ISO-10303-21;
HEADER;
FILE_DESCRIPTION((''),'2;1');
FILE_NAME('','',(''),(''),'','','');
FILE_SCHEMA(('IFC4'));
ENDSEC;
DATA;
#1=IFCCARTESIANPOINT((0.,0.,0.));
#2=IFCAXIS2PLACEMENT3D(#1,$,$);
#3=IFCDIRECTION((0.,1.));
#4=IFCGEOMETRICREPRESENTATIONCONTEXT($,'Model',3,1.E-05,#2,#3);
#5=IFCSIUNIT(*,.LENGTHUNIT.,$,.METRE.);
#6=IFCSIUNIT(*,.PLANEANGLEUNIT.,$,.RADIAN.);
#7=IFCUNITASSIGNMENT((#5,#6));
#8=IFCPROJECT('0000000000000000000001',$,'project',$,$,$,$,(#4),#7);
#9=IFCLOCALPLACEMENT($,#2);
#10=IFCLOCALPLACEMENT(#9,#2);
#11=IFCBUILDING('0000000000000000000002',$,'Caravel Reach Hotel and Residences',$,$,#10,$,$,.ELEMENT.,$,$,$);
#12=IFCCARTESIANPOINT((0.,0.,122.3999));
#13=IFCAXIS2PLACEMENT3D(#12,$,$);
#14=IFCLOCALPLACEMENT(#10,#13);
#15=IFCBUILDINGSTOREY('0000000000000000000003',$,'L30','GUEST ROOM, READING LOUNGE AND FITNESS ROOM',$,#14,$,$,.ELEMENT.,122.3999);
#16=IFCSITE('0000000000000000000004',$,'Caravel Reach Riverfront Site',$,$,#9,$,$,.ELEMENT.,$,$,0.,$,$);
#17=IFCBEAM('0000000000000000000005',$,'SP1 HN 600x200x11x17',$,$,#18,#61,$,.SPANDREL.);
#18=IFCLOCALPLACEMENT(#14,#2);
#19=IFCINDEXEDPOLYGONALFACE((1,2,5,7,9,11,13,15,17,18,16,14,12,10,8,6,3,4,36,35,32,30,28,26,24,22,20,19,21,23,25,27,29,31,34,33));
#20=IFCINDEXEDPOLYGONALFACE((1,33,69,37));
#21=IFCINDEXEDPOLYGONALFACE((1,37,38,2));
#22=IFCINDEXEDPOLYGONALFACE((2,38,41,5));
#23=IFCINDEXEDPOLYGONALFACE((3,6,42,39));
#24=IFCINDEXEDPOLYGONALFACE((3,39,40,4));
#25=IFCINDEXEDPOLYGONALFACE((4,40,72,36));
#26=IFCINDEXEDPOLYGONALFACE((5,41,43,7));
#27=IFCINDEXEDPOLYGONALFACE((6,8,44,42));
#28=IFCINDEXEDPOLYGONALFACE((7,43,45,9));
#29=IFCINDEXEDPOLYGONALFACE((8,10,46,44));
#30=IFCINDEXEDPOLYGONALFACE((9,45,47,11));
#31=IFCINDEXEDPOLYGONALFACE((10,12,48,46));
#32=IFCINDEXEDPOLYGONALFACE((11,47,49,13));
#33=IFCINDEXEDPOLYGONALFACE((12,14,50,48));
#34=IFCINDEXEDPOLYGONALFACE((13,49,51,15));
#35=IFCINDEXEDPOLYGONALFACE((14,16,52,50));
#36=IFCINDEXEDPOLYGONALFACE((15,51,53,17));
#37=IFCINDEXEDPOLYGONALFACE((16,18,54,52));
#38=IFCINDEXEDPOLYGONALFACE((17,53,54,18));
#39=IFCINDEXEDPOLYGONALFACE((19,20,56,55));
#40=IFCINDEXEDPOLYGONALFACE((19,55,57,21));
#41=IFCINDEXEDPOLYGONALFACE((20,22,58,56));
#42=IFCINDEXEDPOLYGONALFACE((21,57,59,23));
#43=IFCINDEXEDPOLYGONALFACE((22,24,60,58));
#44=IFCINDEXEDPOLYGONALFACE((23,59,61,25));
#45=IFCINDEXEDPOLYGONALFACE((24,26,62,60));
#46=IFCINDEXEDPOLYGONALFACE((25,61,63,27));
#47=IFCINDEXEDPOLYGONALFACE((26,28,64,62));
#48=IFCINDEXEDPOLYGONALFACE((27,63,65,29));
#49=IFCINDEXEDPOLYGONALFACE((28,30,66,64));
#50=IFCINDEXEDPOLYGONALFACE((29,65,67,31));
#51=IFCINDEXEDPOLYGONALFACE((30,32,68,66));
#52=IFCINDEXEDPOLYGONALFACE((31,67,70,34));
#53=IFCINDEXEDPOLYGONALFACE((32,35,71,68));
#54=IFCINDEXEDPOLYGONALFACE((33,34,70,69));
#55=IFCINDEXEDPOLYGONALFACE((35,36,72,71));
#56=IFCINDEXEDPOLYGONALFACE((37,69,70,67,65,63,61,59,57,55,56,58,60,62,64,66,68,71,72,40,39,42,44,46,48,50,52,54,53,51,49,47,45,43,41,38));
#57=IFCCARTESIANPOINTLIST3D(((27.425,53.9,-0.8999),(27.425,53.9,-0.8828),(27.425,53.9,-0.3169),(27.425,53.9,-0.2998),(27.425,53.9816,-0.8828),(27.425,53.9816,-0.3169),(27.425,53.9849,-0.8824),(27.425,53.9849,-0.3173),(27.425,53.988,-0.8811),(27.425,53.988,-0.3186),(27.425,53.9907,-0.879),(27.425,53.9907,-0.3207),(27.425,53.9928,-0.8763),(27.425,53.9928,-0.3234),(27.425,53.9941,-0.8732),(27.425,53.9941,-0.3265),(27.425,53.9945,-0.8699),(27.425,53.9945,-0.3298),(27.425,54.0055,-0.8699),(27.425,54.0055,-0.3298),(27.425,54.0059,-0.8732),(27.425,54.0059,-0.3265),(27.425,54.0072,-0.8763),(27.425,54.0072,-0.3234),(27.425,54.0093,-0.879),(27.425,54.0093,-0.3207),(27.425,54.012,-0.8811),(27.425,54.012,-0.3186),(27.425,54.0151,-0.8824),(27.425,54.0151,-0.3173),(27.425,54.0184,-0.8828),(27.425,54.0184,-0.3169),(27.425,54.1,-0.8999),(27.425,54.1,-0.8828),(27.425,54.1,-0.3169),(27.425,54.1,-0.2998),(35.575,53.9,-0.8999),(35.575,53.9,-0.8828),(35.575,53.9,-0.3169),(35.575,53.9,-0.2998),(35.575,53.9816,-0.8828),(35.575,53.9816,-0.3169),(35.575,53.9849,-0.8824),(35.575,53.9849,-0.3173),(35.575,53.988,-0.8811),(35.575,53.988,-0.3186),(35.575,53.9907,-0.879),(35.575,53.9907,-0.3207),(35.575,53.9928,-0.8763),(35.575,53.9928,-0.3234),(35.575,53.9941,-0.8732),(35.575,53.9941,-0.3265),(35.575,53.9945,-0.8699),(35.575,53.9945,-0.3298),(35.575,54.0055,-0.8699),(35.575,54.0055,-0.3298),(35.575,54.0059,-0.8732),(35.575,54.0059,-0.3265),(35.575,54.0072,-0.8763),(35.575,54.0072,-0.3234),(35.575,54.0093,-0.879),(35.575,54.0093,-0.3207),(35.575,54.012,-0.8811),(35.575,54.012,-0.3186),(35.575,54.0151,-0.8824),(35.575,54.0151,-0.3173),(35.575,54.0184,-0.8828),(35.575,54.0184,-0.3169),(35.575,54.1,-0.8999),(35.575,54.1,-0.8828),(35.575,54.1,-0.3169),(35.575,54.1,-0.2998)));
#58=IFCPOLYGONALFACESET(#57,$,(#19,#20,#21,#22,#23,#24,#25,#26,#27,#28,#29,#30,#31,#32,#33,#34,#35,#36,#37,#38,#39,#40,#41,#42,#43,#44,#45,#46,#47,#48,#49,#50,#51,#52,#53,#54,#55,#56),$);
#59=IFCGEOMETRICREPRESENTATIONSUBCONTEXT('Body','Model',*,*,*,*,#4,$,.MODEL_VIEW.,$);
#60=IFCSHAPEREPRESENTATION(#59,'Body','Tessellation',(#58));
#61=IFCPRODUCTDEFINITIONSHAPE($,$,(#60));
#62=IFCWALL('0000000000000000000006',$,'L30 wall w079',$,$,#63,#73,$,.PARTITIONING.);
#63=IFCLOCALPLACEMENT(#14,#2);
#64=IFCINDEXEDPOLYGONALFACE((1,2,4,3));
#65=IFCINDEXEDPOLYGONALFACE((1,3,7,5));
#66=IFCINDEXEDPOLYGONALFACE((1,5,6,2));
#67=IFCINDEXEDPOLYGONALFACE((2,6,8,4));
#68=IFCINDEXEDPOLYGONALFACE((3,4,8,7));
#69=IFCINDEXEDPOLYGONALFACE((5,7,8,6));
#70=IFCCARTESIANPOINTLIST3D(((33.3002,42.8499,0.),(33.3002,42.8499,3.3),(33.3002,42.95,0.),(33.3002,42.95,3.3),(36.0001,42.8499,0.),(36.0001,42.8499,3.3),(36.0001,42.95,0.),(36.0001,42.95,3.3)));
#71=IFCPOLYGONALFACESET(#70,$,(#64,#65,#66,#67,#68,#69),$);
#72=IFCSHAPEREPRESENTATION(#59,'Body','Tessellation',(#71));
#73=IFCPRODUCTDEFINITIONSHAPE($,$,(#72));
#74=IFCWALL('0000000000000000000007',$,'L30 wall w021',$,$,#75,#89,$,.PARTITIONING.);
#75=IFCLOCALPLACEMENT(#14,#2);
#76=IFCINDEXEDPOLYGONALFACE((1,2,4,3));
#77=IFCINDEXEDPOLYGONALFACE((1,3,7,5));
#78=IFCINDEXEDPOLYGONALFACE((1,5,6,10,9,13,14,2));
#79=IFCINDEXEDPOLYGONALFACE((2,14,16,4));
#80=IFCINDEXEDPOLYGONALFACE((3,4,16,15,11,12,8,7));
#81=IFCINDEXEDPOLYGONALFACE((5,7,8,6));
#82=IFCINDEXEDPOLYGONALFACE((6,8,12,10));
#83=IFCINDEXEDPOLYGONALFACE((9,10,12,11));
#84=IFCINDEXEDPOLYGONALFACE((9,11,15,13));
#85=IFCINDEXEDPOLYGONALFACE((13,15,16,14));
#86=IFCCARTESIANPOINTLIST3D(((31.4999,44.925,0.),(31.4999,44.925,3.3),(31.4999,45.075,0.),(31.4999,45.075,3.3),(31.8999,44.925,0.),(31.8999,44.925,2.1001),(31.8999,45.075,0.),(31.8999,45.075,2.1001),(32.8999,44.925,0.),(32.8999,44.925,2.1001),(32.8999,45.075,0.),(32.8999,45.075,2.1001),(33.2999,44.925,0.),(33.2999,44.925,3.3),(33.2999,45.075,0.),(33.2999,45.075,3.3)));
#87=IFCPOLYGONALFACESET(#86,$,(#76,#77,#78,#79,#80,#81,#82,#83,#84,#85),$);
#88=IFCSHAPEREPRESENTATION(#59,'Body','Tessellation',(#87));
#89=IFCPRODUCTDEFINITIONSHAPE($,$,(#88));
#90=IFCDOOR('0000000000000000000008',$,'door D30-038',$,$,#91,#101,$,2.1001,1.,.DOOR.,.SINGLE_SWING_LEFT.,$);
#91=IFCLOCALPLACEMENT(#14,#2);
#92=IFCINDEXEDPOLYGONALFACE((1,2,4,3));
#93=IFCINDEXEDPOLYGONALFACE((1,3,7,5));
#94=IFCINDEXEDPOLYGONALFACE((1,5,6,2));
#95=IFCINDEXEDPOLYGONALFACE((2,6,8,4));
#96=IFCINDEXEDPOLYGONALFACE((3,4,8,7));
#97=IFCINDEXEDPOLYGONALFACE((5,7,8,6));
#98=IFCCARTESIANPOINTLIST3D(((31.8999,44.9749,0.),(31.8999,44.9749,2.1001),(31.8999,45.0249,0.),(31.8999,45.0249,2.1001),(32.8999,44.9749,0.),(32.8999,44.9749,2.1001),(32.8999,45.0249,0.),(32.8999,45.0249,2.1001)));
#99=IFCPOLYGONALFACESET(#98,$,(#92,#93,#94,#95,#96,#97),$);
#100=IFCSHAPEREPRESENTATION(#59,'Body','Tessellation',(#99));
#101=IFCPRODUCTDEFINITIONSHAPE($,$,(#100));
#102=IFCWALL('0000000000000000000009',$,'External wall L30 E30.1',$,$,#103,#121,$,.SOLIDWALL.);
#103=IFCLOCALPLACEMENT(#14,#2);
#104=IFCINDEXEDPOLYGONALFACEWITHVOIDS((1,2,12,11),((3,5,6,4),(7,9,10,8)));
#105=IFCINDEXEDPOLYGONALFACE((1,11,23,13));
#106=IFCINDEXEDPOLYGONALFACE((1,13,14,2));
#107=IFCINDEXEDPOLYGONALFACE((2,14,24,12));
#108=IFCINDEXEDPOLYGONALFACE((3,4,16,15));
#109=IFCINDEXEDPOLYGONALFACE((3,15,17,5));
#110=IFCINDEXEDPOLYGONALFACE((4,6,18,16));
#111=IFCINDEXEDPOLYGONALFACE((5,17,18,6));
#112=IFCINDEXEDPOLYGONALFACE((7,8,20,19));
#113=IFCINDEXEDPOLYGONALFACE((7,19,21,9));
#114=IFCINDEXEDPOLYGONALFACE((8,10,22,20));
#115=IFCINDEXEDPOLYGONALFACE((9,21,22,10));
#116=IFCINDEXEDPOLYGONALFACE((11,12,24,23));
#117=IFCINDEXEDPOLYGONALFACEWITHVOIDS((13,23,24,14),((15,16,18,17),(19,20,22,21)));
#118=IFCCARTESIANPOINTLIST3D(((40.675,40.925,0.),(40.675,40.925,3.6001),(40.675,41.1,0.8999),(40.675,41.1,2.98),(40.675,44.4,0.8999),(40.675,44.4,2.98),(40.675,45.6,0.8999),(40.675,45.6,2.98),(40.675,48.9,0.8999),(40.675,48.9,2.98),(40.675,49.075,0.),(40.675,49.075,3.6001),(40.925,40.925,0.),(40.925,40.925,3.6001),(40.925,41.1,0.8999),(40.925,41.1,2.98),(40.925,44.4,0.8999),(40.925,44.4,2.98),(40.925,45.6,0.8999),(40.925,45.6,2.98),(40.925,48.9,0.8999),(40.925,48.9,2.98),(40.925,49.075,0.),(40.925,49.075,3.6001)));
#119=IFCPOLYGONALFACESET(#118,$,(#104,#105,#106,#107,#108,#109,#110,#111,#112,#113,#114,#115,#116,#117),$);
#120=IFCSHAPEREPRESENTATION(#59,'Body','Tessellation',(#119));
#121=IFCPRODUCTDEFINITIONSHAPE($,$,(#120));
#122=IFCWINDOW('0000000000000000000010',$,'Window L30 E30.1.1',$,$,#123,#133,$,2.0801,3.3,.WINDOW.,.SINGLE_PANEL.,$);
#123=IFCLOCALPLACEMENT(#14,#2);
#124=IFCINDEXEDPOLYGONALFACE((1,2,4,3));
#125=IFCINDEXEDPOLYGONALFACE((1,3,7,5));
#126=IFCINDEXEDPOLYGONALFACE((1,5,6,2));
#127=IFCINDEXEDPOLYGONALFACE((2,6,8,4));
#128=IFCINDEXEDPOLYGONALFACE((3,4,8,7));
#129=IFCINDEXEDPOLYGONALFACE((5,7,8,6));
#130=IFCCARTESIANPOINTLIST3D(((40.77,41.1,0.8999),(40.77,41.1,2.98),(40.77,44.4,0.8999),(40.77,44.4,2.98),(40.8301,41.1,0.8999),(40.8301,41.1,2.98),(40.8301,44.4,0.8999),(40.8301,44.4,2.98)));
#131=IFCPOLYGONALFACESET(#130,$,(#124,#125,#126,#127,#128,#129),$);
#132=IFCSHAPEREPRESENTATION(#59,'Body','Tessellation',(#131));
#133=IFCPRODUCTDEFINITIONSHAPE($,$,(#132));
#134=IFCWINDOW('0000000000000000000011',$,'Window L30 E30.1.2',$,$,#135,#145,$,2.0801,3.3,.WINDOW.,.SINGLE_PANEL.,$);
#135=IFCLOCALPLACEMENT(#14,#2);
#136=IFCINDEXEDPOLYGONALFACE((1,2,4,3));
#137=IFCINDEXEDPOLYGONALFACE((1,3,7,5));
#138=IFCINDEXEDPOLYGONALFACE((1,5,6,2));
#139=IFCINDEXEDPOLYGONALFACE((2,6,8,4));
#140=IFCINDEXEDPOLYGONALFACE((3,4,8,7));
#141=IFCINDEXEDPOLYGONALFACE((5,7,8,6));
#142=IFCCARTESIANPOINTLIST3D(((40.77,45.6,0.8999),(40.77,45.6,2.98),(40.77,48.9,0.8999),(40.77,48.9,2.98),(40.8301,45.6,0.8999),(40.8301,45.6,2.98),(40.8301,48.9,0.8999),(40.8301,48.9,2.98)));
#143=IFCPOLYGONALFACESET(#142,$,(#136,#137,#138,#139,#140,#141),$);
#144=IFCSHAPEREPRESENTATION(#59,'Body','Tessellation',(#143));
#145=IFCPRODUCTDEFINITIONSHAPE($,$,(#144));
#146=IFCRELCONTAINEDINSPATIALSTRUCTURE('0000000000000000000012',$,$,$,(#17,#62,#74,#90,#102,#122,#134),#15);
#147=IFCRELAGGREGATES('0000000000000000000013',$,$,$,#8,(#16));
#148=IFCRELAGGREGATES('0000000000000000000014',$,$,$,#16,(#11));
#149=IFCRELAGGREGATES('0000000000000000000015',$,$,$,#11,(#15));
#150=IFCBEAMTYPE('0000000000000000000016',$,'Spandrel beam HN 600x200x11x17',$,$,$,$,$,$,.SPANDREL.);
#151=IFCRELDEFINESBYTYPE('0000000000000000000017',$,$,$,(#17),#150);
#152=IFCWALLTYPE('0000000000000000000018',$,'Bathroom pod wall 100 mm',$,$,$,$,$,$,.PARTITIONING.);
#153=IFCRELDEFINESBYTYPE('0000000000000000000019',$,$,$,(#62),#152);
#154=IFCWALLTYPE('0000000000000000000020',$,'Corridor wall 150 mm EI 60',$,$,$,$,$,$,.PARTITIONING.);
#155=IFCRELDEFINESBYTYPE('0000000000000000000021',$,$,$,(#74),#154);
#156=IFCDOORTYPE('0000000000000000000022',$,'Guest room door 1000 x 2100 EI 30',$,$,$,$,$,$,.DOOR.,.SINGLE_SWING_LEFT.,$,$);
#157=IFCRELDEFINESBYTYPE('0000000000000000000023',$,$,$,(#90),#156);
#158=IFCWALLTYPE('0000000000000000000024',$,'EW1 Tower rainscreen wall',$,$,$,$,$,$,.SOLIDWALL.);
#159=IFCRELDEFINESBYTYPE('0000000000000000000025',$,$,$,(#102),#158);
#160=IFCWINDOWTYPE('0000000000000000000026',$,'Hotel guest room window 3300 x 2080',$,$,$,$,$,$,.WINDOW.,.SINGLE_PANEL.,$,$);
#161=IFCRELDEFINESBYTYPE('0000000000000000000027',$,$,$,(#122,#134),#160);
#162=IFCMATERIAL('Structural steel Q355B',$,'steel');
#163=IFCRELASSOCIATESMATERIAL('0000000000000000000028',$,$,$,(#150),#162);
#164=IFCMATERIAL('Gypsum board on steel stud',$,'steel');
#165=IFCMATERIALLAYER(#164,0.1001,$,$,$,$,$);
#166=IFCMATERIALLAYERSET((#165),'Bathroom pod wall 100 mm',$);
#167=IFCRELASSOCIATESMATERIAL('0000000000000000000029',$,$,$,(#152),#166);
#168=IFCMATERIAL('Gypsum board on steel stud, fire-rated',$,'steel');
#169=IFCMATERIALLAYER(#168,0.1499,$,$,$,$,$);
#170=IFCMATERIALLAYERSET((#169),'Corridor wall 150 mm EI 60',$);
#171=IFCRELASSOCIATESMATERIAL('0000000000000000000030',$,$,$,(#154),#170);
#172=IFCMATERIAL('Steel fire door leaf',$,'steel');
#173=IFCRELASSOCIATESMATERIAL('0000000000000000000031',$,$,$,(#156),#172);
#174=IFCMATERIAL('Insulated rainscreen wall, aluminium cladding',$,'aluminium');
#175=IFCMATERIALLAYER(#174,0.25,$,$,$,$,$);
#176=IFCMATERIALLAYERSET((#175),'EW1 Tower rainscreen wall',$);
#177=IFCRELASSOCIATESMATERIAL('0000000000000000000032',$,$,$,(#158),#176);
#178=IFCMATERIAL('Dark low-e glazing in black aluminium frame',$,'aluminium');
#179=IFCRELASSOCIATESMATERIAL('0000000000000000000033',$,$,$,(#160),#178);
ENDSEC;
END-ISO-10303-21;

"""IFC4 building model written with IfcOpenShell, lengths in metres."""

from ifc_helpers import new_model, si_unit, direction, frame, frame_2d, origin, origin_2d, place, context, subcontext, project, spatial, rectangle, i_section, extrude, material, layer, layer_set, material_profile, profile_set, type_object, element, fill, save


model = new_model("IFC4")

# Units and contexts
model_context = context("Model", 3, precision=1e-05, world=origin(), true_north=direction((0.0, 1.0)))
body_context = subcontext(model_context, "Body", "Model", "MODEL_VIEW")
ifc_project = project(units=[si_unit("LENGTHUNIT", "METRE"), si_unit("PLANEANGLEUNIT", "RADIAN")], contexts=[model_context])

# Site, building, storey
site_placement = place(None, origin())
site = spatial("IfcSite", under=ifc_project, at=site_placement, Name="Caravel Reach Riverfront Site", CompositionType="ELEMENT", RefElevation=0.0)
building_placement = place(site_placement, origin())
building = spatial("IfcBuilding", under=site, at=building_placement, Name="Caravel Reach Hotel and Residences", CompositionType="ELEMENT")
storey_placement = place(building_placement, frame((0.0, 0.0, 122.3999)))
storey = spatial("IfcBuildingStorey", under=building, at=storey_placement, Name="L30", Description="GUEST ROOM, READING LOUNGE AND FITNESS ROOM", CompositionType="ELEMENT", Elevation=122.3999)

# Beam
ifc_material_1 = material(Name="Structural steel Q355B", Category="steel")
ifc_material_profile_1 = material_profile(ifc_material_1, i_section(OverallWidth=0.2, OverallDepth=0.6001, WebThickness=0.011, FlangeThickness=0.0171, FilletRadius=0.0129, at=origin_2d()), Name="HN 600x200x11x17")
ifc_profile_set_1 = profile_set([ifc_material_profile_1], Name="Structural steel Q355B")
beam_type_1 = type_object("IfcBeamType", Name="Spandrel beam HN 600x200x11x17", PredefinedType="SPANDREL", material=ifc_profile_set_1)
beam_1_placement = place(storey_placement, frame((35.575, 54.0, -0.5999), z_axis=(-1.0, 0.0, 0.0), x_axis=(0.0, -1.0, 0.0)))
element("IfcBeam", 1, at=beam_1_placement, inside=storey, type_object=beam_type_1, Name="SP1 HN 600x200x11x17", PredefinedType="SPANDREL", context=body_context, shape_type="SweptSolid", body=[
    extrude(i_section(OverallWidth=0.2, OverallDepth=0.6001, WebThickness=0.011, FlangeThickness=0.0171, FilletRadius=0.0129, at=origin_2d()), origin(), (0.0, 0.0, 1.0), 8.1499),
])

# Wall
ifc_material_2 = material(Name="Gypsum board on steel stud", Category="steel")
ifc_layer_1 = layer(ifc_material_2, 0.1001)
ifc_layer_set_1 = layer_set([ifc_layer_1], Name="Bathroom pod wall 100 mm")
wall_type_1 = type_object("IfcWallType", Name="Bathroom pod wall 100 mm", PredefinedType="PARTITIONING", material=ifc_layer_set_1)
wall_1_placement = place(storey_placement, frame((33.3, 42.8999, 0.0), z_axis=(0.0, 0.0, 1.0), x_axis=(1.0, 0.0, 0.0)))
element("IfcWall", 2, at=wall_1_placement, inside=storey, type_object=wall_type_1, Name="L30 wall w079", PredefinedType="PARTITIONING", context=body_context, shape_type="SweptSolid", body=[
    extrude(rectangle(XDim=2.7, YDim=0.1001, at=frame_2d((1.3501, 0.0))), origin(), (0.0, 0.0, 1.0), 3.3),
])

# Wall, opening, door
ifc_material_3 = material(Name="Gypsum board on steel stud, fire-rated", Category="steel")
ifc_layer_2 = layer(ifc_material_3, 0.1499)
ifc_layer_set_2 = layer_set([ifc_layer_2], Name="Corridor wall 150 mm EI 60")
wall_type_2 = type_object("IfcWallType", Name="Corridor wall 150 mm EI 60", PredefinedType="PARTITIONING", material=ifc_layer_set_2)
wall_2_placement = place(storey_placement, frame((31.5, 45.0, 0.0), z_axis=(0.0, 0.0, 1.0), x_axis=(1.0, 0.0, 0.0)))
wall_2 = element("IfcWall", 3, at=wall_2_placement, inside=storey, type_object=wall_type_2, Name="L30 wall w021", PredefinedType="PARTITIONING", context=body_context, shape_type="SweptSolid", body=[
    extrude(rectangle(XDim=1.8, YDim=0.1499, at=frame_2d((0.8999, 0.0))), origin(), (0.0, 0.0, 1.0), 3.3),
])
opening_1_placement = place(wall_2_placement, frame((0.3999, 0.0, 0.0)))
opening_1 = element("IfcOpeningElement", 4, at=opening_1_placement, cuts=wall_2, PredefinedType="OPENING", context=body_context, shape_type="SweptSolid", body=[
    extrude(rectangle(XDim=1.0, YDim=2.1001, at=frame_2d((0.5, 1.05))), frame((0.0, 0.085, 0.0), z_axis=(0.0, -1.0, 0.0), x_axis=(1.0, 0.0, 0.0)), (0.0, 0.0, 1.0), 0.1699),
])
ifc_material_4 = material(Name="Steel fire door leaf", Category="steel")
door_type = type_object("IfcDoorType", Name="Guest room door 1000 x 2100 EI 30", OperationType="SINGLE_SWING_LEFT", PredefinedType="DOOR", material=ifc_material_4)
door_placement = place(opening_1_placement, origin())
door = element("IfcDoor", 5, at=door_placement, inside=storey, type_object=door_type, Name="door D30-038", OperationType="SINGLE_SWING_LEFT", OverallHeight=2.1001, OverallWidth=1.0, PredefinedType="DOOR", context=body_context, shape_type="SweptSolid", body=[
    extrude(rectangle(XDim=1.0, YDim=2.1001, at=frame_2d((0.5, 1.05))), frame((0.0, 0.0249, 0.0), z_axis=(0.0, -1.0, 0.0), x_axis=(1.0, 0.0, 0.0)), (0.0, 0.0, 1.0), 0.05),
])
fill(opening_1, door)

# Wall, openings, windows
ifc_material_5 = material(Name="Insulated rainscreen wall, aluminium cladding", Category="aluminium")
ifc_layer_3 = layer(ifc_material_5, 0.25)
ifc_layer_set_3 = layer_set([ifc_layer_3], Name="EW1 Tower rainscreen wall")
wall_type_3 = type_object("IfcWallType", Name="EW1 Tower rainscreen wall", PredefinedType="SOLIDWALL", material=ifc_layer_set_3)
wall_3_placement = place(storey_placement, frame((40.8, 40.925, 0.0), z_axis=(0.0, 0.0, 1.0), x_axis=(0.0, 1.0, 0.0)))
wall_3 = element("IfcWall", 6, at=wall_3_placement, inside=storey, type_object=wall_type_3, Name="External wall L30 E30.1", PredefinedType="SOLIDWALL", context=body_context, shape_type="SweptSolid", body=[
    extrude(rectangle(XDim=8.1499, YDim=0.25, at=frame_2d((4.075, 0.0))), origin(), (0.0, 0.0, 1.0), 3.6001),
])
opening_2_placement = place(wall_3_placement, frame((0.175, 0.0, 0.8999)))
opening_2 = element("IfcOpeningElement", 7, at=opening_2_placement, cuts=wall_3, PredefinedType="OPENING", context=body_context, shape_type="SweptSolid", body=[
    extrude(rectangle(XDim=3.3, YDim=2.0801, at=frame_2d((1.6499, 1.04))), frame((0.0, 0.135, 0.0), z_axis=(0.0, -1.0, 0.0), x_axis=(1.0, 0.0, 0.0)), (0.0, 0.0, 1.0), 0.27),
])
opening_3_placement = place(wall_3_placement, frame((4.675, 0.0, 0.8999)))
opening_3 = element("IfcOpeningElement", 8, at=opening_3_placement, cuts=wall_3, PredefinedType="OPENING", context=body_context, shape_type="SweptSolid", body=[
    extrude(rectangle(XDim=3.3, YDim=2.0801, at=frame_2d((1.6499, 1.04))), frame((0.0, 0.135, 0.0), z_axis=(0.0, -1.0, 0.0), x_axis=(1.0, 0.0, 0.0)), (0.0, 0.0, 1.0), 0.27),
])
ifc_material_6 = material(Name="Dark low-e glazing in black aluminium frame", Category="aluminium")
window_type_1 = type_object("IfcWindowType", Name="Hotel guest room window 3300 x 2080", PartitioningType="SINGLE_PANEL", PredefinedType="WINDOW", material=ifc_material_6)
window_1_placement = place(opening_2_placement, origin())
window_1 = element("IfcWindow", 9, at=window_1_placement, inside=storey, type_object=window_type_1, Name="Window L30 E30.1.1", OverallHeight=2.0801, OverallWidth=3.3, PartitioningType="SINGLE_PANEL", PredefinedType="WINDOW", context=body_context, shape_type="SweptSolid", body=[
    extrude(rectangle(XDim=3.3, YDim=2.0801, at=frame_2d((1.6499, 1.04))), frame((0.0, 0.03, 0.0), z_axis=(0.0, -1.0, 0.0), x_axis=(1.0, 0.0, 0.0)), (0.0, 0.0, 1.0), 0.0601),
])
fill(opening_2, window_1)
window_2_placement = place(opening_3_placement, origin())
window_2 = element("IfcWindow", 10, at=window_2_placement, inside=storey, type_object=window_type_1, Name="Window L30 E30.1.2", OverallHeight=2.0801, OverallWidth=3.3, PartitioningType="SINGLE_PANEL", PredefinedType="WINDOW", context=body_context, shape_type="SweptSolid", body=[
    extrude(rectangle(XDim=3.3, YDim=2.0801, at=frame_2d((1.6499, 1.04))), frame((0.0, 0.03, 0.0), z_axis=(0.0, -1.0, 0.0), x_axis=(1.0, 0.0, 0.0)), (0.0, 0.0, 1.0), 0.0601),
])
fill(opening_3, window_2)

save(model, "model.ifc")
